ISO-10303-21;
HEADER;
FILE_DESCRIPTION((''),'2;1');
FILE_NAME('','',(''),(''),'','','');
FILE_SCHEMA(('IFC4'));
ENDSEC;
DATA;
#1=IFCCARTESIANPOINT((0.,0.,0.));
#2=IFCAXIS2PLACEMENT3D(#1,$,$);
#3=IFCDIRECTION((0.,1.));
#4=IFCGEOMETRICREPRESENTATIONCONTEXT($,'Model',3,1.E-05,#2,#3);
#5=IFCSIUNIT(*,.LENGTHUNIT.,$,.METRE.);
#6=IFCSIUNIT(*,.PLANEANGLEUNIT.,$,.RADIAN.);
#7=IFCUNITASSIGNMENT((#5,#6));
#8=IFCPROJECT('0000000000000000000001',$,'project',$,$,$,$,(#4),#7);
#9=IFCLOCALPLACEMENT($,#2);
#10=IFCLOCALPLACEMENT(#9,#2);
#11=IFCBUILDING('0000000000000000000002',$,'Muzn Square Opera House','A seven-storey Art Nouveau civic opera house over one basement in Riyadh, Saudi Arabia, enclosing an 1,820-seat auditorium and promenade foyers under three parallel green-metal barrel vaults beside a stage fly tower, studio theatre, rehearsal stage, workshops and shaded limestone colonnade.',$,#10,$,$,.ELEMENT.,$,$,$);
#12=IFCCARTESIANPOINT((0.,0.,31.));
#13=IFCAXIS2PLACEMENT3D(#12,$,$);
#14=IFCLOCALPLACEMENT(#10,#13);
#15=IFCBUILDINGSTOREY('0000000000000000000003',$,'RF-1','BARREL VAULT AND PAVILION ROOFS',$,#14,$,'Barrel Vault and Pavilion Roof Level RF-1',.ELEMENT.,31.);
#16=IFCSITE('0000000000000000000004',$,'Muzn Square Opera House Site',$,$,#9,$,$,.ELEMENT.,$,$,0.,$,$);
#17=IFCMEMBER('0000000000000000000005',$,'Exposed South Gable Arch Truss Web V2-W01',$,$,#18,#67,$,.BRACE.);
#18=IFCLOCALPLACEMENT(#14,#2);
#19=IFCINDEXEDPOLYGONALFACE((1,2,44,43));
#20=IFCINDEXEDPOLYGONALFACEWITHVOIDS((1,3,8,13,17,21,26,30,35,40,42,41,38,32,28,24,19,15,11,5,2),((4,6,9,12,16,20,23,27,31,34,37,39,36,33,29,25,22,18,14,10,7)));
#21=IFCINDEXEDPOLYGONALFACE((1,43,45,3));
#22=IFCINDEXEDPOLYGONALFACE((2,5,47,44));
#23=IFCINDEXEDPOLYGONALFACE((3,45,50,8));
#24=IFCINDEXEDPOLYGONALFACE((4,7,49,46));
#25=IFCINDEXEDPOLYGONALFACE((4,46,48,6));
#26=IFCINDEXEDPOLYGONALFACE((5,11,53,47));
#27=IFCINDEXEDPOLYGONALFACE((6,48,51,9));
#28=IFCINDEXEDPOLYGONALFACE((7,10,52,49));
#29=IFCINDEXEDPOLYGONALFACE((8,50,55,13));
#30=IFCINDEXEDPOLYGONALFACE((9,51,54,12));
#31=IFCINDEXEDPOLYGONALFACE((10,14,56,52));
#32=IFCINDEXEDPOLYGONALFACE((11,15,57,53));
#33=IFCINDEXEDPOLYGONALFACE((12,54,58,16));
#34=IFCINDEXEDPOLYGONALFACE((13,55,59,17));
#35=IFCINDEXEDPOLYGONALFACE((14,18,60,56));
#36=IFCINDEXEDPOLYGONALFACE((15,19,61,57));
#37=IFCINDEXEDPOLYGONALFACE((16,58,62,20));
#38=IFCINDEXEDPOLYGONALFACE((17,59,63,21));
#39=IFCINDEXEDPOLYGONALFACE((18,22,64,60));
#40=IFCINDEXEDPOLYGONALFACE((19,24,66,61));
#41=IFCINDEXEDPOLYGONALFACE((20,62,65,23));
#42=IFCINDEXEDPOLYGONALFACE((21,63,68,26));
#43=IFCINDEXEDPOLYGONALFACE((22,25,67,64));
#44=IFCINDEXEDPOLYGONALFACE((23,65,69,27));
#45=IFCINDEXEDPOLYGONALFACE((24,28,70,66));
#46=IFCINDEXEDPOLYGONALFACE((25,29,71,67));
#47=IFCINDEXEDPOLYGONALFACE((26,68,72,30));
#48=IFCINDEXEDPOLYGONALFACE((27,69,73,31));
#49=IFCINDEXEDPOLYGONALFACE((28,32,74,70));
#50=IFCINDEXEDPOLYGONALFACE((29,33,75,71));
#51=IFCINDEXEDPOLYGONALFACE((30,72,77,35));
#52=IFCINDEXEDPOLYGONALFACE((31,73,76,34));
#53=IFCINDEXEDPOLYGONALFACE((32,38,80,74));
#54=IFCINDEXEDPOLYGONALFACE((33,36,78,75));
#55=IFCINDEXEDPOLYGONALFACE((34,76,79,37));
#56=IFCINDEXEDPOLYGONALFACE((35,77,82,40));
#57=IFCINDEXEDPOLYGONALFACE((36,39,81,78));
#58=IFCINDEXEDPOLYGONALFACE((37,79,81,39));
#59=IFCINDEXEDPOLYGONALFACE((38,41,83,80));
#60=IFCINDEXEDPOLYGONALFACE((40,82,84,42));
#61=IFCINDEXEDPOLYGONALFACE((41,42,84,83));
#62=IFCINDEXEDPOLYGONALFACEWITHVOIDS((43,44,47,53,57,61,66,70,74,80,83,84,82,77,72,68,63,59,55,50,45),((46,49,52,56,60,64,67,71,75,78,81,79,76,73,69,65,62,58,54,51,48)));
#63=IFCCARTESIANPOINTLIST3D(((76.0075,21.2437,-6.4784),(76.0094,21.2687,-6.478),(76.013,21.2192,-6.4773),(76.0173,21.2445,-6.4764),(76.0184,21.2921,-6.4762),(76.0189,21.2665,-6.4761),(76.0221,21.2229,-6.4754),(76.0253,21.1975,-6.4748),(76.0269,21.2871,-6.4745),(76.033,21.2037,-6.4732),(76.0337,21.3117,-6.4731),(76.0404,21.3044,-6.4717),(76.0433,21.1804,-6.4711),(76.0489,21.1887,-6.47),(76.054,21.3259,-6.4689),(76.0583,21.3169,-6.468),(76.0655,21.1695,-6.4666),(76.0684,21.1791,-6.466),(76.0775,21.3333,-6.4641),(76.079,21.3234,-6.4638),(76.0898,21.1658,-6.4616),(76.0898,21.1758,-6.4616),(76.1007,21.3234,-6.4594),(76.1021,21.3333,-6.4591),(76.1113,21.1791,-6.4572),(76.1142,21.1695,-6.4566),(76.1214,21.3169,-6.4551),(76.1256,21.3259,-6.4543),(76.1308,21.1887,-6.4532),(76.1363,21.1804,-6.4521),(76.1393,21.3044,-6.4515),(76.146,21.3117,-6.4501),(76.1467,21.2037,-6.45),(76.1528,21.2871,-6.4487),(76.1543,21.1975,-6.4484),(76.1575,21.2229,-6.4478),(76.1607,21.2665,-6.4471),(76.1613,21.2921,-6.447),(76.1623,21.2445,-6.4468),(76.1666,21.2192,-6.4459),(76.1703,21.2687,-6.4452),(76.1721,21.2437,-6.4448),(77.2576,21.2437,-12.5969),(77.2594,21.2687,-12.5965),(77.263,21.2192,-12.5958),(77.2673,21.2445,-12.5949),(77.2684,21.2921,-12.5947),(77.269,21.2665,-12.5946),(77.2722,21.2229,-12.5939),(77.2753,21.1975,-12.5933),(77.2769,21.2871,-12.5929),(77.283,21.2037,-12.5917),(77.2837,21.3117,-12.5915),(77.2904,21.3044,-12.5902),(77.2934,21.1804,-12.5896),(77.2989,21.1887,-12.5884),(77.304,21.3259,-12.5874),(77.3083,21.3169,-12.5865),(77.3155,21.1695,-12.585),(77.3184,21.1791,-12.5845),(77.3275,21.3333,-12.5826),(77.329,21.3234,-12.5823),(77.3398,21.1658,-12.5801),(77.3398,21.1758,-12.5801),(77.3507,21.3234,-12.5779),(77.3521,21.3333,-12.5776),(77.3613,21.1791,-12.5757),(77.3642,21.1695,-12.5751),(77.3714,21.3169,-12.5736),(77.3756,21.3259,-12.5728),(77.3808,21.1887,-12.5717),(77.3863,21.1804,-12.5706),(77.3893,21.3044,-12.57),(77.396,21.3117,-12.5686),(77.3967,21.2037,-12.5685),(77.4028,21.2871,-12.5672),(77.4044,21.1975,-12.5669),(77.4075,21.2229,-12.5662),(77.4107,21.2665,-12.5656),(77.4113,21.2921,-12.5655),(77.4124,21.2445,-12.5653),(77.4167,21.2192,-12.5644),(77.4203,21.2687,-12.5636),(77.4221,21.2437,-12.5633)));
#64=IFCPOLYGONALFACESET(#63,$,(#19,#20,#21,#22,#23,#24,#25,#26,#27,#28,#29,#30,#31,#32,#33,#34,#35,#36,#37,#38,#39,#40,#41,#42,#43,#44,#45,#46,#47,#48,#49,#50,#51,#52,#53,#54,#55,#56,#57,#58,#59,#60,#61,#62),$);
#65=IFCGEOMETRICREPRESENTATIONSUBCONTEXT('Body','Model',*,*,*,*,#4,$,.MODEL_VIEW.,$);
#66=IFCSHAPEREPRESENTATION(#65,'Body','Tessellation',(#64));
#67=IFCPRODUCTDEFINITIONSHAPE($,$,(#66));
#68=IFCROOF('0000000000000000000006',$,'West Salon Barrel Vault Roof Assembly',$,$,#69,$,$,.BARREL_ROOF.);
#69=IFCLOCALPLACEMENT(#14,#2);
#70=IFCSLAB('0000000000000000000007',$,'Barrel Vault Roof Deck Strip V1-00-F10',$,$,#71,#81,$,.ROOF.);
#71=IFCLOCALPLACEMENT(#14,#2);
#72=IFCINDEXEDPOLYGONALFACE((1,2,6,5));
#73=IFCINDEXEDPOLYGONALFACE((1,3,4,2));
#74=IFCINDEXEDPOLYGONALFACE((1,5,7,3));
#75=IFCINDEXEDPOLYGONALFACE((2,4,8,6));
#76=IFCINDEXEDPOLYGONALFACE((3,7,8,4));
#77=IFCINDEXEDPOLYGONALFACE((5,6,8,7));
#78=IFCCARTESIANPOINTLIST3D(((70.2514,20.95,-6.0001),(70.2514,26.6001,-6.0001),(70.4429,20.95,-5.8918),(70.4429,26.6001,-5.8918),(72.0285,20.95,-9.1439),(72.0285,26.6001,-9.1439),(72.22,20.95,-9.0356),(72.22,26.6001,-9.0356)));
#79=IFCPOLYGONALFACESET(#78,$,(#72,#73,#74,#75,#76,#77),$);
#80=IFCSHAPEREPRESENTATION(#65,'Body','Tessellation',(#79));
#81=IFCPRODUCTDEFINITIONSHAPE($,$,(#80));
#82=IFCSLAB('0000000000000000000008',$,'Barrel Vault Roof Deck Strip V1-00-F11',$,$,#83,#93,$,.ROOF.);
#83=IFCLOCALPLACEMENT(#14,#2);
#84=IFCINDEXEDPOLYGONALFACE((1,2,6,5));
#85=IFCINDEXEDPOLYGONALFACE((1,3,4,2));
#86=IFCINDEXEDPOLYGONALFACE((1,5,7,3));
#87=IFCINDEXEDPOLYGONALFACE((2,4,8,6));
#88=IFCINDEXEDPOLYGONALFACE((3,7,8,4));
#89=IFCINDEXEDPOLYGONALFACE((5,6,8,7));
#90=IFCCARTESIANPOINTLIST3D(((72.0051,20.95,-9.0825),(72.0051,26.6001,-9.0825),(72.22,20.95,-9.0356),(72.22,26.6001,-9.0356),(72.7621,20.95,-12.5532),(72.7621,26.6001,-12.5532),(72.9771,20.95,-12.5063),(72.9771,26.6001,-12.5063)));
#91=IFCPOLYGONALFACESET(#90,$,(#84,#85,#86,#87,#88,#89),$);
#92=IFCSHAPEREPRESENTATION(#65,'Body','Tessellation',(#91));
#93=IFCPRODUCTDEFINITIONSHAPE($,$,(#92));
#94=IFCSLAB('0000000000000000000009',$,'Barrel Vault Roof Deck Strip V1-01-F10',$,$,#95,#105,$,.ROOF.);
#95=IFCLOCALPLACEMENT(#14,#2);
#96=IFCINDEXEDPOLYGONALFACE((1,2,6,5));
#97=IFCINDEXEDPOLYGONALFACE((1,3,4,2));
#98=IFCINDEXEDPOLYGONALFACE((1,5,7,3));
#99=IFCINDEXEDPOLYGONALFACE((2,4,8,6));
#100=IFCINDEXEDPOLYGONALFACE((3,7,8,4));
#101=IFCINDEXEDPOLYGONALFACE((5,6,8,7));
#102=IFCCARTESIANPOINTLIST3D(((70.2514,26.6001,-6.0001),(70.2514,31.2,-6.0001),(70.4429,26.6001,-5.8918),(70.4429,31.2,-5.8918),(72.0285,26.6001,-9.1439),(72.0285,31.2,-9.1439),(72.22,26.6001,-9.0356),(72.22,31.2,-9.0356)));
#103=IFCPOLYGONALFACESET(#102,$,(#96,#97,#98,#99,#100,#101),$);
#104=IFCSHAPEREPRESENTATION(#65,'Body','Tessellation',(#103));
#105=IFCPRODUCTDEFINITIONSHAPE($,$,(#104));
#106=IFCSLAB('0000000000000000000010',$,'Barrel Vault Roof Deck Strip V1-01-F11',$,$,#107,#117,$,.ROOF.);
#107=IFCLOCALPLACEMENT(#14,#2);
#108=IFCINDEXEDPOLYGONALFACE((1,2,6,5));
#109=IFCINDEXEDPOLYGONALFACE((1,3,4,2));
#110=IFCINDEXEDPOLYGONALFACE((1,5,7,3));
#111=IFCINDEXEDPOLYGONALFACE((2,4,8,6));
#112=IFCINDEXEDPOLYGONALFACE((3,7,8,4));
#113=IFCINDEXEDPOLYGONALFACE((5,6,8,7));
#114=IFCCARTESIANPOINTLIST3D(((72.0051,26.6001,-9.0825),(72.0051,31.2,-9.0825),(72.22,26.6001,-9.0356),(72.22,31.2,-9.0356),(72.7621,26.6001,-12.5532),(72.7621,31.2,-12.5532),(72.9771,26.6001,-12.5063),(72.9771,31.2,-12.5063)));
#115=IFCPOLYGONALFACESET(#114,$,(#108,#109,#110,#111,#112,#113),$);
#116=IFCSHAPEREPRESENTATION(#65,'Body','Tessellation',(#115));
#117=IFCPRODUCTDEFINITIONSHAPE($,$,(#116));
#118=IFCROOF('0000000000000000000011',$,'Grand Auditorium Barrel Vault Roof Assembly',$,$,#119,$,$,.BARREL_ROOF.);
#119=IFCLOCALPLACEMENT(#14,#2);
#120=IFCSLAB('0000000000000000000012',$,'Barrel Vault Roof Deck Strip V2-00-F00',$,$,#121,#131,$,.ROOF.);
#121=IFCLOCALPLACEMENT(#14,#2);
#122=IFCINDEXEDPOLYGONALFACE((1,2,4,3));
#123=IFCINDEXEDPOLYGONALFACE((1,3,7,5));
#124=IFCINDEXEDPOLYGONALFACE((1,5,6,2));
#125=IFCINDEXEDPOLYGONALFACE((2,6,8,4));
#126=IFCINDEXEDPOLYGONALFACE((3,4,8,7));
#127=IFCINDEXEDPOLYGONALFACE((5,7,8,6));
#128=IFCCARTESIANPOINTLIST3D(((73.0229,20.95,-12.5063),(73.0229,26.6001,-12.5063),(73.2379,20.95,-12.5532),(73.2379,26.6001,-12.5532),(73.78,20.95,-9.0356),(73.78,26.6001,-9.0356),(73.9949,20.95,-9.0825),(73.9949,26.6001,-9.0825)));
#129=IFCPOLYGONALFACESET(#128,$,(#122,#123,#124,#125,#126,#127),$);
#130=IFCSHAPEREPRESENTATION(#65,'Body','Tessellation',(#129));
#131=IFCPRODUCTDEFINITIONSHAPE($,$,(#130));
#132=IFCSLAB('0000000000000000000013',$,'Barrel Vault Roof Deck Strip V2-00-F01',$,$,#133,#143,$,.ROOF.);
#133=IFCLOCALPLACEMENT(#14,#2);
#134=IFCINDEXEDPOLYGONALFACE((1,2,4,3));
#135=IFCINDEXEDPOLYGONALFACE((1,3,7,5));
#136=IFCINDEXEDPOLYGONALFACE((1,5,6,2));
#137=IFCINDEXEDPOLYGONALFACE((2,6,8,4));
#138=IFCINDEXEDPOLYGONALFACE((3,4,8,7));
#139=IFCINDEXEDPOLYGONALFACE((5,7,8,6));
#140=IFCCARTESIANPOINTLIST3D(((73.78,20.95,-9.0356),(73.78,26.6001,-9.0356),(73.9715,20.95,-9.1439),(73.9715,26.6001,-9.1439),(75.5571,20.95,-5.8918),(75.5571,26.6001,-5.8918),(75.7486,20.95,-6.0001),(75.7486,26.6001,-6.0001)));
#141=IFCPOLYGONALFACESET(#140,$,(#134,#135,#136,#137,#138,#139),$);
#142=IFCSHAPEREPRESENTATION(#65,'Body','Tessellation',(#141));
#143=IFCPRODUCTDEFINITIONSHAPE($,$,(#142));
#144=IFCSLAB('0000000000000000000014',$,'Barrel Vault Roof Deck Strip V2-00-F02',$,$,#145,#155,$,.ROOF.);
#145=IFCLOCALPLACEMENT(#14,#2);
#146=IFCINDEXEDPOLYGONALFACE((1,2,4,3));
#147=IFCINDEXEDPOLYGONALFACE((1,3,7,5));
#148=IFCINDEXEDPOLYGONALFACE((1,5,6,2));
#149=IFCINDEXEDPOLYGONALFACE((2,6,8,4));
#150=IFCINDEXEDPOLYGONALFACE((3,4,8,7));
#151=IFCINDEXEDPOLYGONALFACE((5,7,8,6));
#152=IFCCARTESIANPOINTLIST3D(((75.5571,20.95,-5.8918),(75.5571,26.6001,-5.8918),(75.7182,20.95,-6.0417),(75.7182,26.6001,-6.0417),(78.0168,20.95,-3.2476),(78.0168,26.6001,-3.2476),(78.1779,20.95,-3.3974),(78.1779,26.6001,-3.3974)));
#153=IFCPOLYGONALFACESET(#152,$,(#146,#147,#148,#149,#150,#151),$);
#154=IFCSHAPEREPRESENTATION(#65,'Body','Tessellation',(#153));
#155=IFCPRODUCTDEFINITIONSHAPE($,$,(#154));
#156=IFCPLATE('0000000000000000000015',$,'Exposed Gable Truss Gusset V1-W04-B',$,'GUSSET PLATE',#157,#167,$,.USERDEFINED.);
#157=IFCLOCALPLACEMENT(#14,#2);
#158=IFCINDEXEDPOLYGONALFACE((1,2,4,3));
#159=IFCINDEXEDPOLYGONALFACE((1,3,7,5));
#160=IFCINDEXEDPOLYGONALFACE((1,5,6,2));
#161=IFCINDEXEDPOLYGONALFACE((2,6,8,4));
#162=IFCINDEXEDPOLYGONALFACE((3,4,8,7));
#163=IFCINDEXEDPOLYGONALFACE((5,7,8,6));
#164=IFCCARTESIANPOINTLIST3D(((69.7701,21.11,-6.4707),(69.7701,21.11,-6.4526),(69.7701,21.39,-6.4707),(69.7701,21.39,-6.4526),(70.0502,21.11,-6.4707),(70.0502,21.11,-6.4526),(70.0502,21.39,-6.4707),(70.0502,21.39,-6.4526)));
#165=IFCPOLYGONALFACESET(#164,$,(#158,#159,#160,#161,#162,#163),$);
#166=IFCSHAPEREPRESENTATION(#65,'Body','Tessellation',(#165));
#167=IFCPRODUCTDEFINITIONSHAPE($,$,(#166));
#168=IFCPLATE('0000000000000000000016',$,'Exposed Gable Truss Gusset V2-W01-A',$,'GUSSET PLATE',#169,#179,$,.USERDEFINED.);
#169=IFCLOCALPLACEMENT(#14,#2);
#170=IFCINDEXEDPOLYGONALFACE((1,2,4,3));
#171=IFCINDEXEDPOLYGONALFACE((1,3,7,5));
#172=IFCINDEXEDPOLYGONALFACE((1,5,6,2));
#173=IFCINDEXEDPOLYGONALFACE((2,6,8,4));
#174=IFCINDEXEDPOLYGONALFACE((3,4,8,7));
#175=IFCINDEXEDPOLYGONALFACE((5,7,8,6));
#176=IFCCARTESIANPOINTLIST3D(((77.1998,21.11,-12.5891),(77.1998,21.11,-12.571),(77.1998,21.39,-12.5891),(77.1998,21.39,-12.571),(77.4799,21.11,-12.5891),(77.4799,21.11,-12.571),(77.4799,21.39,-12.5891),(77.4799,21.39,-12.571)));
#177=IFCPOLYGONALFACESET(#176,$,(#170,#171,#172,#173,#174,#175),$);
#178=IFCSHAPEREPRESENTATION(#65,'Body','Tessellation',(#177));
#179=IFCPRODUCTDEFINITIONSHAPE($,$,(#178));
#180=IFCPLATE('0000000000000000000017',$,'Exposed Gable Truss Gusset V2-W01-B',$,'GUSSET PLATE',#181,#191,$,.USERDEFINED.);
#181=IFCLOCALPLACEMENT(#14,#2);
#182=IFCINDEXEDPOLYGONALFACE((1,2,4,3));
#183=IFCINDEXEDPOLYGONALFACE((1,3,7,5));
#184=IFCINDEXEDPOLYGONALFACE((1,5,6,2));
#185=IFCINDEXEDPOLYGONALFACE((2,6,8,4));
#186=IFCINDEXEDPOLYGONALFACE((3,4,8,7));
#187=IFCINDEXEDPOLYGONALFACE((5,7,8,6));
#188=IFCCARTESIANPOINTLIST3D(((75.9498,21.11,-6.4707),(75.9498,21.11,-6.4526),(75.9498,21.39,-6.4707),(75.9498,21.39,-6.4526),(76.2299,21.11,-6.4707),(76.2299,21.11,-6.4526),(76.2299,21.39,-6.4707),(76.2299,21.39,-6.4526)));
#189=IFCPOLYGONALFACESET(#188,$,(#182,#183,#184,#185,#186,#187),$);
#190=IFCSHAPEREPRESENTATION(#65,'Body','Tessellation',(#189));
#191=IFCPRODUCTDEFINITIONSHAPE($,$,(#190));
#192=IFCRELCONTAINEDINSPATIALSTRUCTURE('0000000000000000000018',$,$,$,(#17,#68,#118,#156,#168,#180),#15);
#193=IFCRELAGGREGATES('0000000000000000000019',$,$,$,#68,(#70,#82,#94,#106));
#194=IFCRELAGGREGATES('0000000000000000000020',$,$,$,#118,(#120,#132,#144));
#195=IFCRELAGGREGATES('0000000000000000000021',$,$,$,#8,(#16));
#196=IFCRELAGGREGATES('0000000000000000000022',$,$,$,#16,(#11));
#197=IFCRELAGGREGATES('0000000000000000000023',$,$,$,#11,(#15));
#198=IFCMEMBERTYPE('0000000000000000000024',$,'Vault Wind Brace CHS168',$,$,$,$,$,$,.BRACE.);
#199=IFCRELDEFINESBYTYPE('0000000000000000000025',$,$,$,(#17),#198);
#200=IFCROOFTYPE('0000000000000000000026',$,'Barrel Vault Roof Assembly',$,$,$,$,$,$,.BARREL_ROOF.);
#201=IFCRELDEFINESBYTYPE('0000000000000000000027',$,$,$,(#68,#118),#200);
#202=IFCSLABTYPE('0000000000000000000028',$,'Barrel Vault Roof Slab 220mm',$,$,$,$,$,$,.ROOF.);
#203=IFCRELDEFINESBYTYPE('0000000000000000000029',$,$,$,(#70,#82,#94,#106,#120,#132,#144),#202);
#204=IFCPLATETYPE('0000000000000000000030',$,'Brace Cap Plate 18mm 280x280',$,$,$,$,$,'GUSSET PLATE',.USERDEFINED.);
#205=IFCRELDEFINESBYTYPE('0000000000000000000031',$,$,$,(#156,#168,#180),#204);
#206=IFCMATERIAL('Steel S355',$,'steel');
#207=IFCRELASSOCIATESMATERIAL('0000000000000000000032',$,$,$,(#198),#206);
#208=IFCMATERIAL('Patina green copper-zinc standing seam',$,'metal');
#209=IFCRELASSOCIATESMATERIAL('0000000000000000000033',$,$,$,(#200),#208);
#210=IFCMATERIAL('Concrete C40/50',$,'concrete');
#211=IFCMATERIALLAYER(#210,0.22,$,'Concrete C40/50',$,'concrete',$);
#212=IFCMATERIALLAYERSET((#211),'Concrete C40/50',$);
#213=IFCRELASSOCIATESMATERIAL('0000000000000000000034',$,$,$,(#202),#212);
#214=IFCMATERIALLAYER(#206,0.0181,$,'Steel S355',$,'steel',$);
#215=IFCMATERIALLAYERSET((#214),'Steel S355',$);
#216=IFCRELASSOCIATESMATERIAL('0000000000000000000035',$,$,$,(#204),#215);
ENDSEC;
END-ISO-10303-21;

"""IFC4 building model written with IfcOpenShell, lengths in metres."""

from ifc_helpers import new_model, si_unit, direction, frame, origin, origin_2d, place, context, subcontext, project, spatial, polyline, rectangle, hollow_circle, outline, extrude, material, layer, layer_set, material_profile, profile_set, type_object, element, aggregate, save


model = new_model("IFC4")

# Units and contexts
model_context = context("Model", 3, precision=1e-05, world=origin(), true_north=direction((0.0, 1.0)))
body_context = subcontext(model_context, "Body", "Model", "MODEL_VIEW")
ifc_project = project(units=[si_unit("LENGTHUNIT", "METRE"), si_unit("PLANEANGLEUNIT", "RADIAN")], contexts=[model_context])

# Site, building, storey
site_placement = place(None, origin())
site = spatial("IfcSite", under=ifc_project, at=site_placement, Name="Muzn Square Opera House Site", CompositionType="ELEMENT", RefElevation=0.0)
building_placement = place(site_placement, origin())
building = spatial("IfcBuilding", under=site, at=building_placement, Name="Muzn Square Opera House", Description="A seven-storey Art Nouveau civic opera house over one basement in Riyadh, Saudi Arabia, enclosing an 1,820-seat auditorium and promenade foyers under three parallel green-metal barrel vaults beside a stage fly tower, studio theatre, rehearsal stage, workshops and shaded limestone colonnade.", CompositionType="ELEMENT")
storey_placement = place(building_placement, frame((0.0, 0.0, 31.0)))
storey = spatial("IfcBuildingStorey", under=building, at=storey_placement, Name="RF-1", Description="BARREL VAULT AND PAVILION ROOFS", LongName="Barrel Vault and Pavilion Roof Level RF-1", CompositionType="ELEMENT", Elevation=31.0)

# Shared definitions
ifc_material_1 = material(Name="Steel S355", Category="steel")

# Member
ifc_material_profile_1 = material_profile(ifc_material_1, hollow_circle(Radius=0.0842, WallThickness=0.01, at=origin_2d()), Name="CHS 168.3x10", Category="steel")
ifc_profile_set_1 = profile_set([ifc_material_profile_1], Name="Steel S355")
member_type = type_object("IfcMemberType", Name="Vault Wind Brace CHS168", PredefinedType="BRACE", material=ifc_profile_set_1)
member_placement = place(storey_placement, frame((77.3398, 21.25, -12.5801), z_axis=(-0.200167, 0.0, 0.979762), x_axis=(0.0, -1.0, 0.0)))
element("IfcMember", 1, at=member_placement, inside=storey, type_object=member_type, Name="Exposed South Gable Arch Truss Web V2-W01", PredefinedType="BRACE", context=body_context, shape_type="SweptSolid", body=[
    extrude(hollow_circle(Radius=0.0842, WallThickness=0.01, at=origin_2d()), origin(), (0.0, 0.0, 1.0), 6.2449),
])

# Roofs, slabs
ifc_material_2 = material(Name="Patina green copper-zinc standing seam", Category="metal")
roof_type = type_object("IfcRoofType", Name="Barrel Vault Roof Assembly", PredefinedType="BARREL_ROOF", material=ifc_material_2)
roof_1_placement = place(storey_placement, origin())
roof_1 = element("IfcRoof", 2, at=roof_1_placement, inside=storey, type_object=roof_type, Name="West Salon Barrel Vault Roof Assembly", PredefinedType="BARREL_ROOF")
ifc_material_3 = material(Name="Concrete C40/50", Category="concrete")
ifc_layer_1 = layer(ifc_material_3, 0.22, Name="Concrete C40/50", Category="concrete")
ifc_layer_set_1 = layer_set([ifc_layer_1], Name="Concrete C40/50")
slab_type = type_object("IfcSlabType", Name="Barrel Vault Roof Slab 220mm", PredefinedType="ROOF", material=ifc_layer_set_1)
slab_1_placement = place(storey_placement, frame((70.4429, 20.95, -5.8918), z_axis=(0.870543, 0.0, 0.492093), x_axis=(0.492093, 0.0, -0.870543)))
slab_1 = element("IfcSlab", 3, at=slab_1_placement, type_object=slab_type, Name="Barrel Vault Roof Deck Strip V1-00-F10", PredefinedType="ROOF", context=body_context, shape_type="SweptSolid", body=[
    extrude(outline(polyline([(0.0, 0.0), (3.6113, 0.0), (3.6113, 5.6501), (0.0, 5.6501), (0.0, 0.0)])), origin(), (0.0, 0.0, -1.0), 0.22),
])
slab_2_placement = place(storey_placement, frame((72.22, 20.95, -9.0356), z_axis=(0.977025, 0.0, 0.213123), x_axis=(0.213123, 0.0, -0.977025)))
slab_2 = element("IfcSlab", 4, at=slab_2_placement, type_object=slab_type, Name="Barrel Vault Roof Deck Strip V1-00-F11", PredefinedType="ROOF", context=body_context, shape_type="SweptSolid", body=[
    extrude(outline(polyline([(0.0, 0.0), (3.5523, 0.0), (3.5523, 5.6501), (0.0, 5.6501), (0.0, 0.0)])), origin(), (0.0, 0.0, -1.0), 0.22),
])
slab_3_placement = place(storey_placement, frame((70.4429, 26.6001, -5.8918), z_axis=(0.870543, 0.0, 0.492093), x_axis=(0.492093, 0.0, -0.870543)))
slab_3 = element("IfcSlab", 5, at=slab_3_placement, type_object=slab_type, Name="Barrel Vault Roof Deck Strip V1-01-F10", PredefinedType="ROOF", context=body_context, shape_type="SweptSolid", body=[
    extrude(outline(polyline([(0.0, 0.0), (3.6113, 0.0), (3.6113, 4.5999), (0.0, 4.5999), (0.0, 0.0)])), origin(), (0.0, 0.0, -1.0), 0.22),
])
slab_4_placement = place(storey_placement, frame((72.22, 26.6001, -9.0356), z_axis=(0.977025, 0.0, 0.213123), x_axis=(0.213123, 0.0, -0.977025)))
slab_4 = element("IfcSlab", 6, at=slab_4_placement, type_object=slab_type, Name="Barrel Vault Roof Deck Strip V1-01-F11", PredefinedType="ROOF", context=body_context, shape_type="SweptSolid", body=[
    extrude(outline(polyline([(0.0, 0.0), (3.5523, 0.0), (3.5523, 4.5999), (0.0, 4.5999), (0.0, 0.0)])), origin(), (0.0, 0.0, -1.0), 0.22),
])
aggregate(roof_1, [slab_1, slab_2, slab_3, slab_4])
roof_2_placement = place(storey_placement, origin())
roof_2 = element("IfcRoof", 7, at=roof_2_placement, inside=storey, type_object=roof_type, Name="Grand Auditorium Barrel Vault Roof Assembly", PredefinedType="BARREL_ROOF")
slab_5_placement = place(storey_placement, frame((73.78, 20.95, -9.0356), z_axis=(-0.977025, 0.0, 0.213123), x_axis=(0.0, 1.0, 0.0)))
slab_5 = element("IfcSlab", 8, at=slab_5_placement, type_object=slab_type, Name="Barrel Vault Roof Deck Strip V2-00-F00", PredefinedType="ROOF", context=body_context, shape_type="SweptSolid", body=[
    extrude(outline(polyline([(0.0, 3.5523), (0.0, 0.0), (5.6501, 0.0), (5.6501, 3.5523), (0.0, 3.5523)])), origin(), (0.0, 0.0, -1.0), 0.22),
])
slab_6_placement = place(storey_placement, frame((75.5571, 20.95, -5.8918), z_axis=(-0.870543, 0.0, 0.492093), x_axis=(0.0, 1.0, 0.0)))
slab_6 = element("IfcSlab", 9, at=slab_6_placement, type_object=slab_type, Name="Barrel Vault Roof Deck Strip V2-00-F01", PredefinedType="ROOF", context=body_context, shape_type="SweptSolid", body=[
    extrude(outline(polyline([(0.0, 3.6113), (0.0, 0.0), (5.6501, 0.0), (5.6501, 3.6113), (0.0, 3.6113)])), origin(), (0.0, 0.0, -1.0), 0.22),
])
slab_7_placement = place(storey_placement, frame((78.0168, 20.95, -3.2476), z_axis=(-0.732198, 0.0, 0.681091), x_axis=(0.0, 1.0, 0.0)))
slab_7 = element("IfcSlab", 10, at=slab_7_placement, type_object=slab_type, Name="Barrel Vault Roof Deck Strip V2-00-F02", PredefinedType="ROOF", context=body_context, shape_type="SweptSolid", body=[
    extrude(outline(polyline([(0.0, 3.6114), (0.0, 0.0), (5.6501, 0.0), (5.6501, 3.6114), (0.0, 3.6114)])), origin(), (0.0, 0.0, -1.0), 0.22),
])
aggregate(roof_2, [slab_5, slab_6, slab_7])

# Plates
ifc_layer_2 = layer(ifc_material_1, 0.0181, Name="Steel S355", Category="steel")
ifc_layer_set_2 = layer_set([ifc_layer_2], Name="Steel S355")
plate_type = type_object("IfcPlateType", Name="Brace Cap Plate 18mm 280x280", ElementType="GUSSET PLATE", PredefinedType="USERDEFINED", material=ifc_layer_set_2)
for number, where, z_axis, x_axis, name in (
    (11, (69.9102, 21.25, -6.4707), (0.0, 0.0, 1.0), (1.0, 0.0, 0.0), "Exposed Gable Truss Gusset V1-W04-B"),
    (12, (77.3398, 21.25, -12.5891), (0.0, 0.0, 1.0), (1.0, 0.0, 0.0), "Exposed Gable Truss Gusset V2-W01-A"),
    (13, (76.0898, 21.25, -6.4707), (0.0, 0.0, 1.0), (1.0, 0.0, 0.0), "Exposed Gable Truss Gusset V2-W01-B"),
):
    element("IfcPlate", number, at=place(storey_placement, frame(where, z_axis=z_axis, x_axis=x_axis)), inside=storey, type_object=plate_type, Name=name, ObjectType="GUSSET PLATE", PredefinedType="USERDEFINED", context=body_context, shape_type="SweptSolid", body=[
        extrude(rectangle(XDim=0.28, YDim=0.28, at=origin_2d()), origin(), (0.0, 0.0, 1.0), 0.0181),
    ])

save(model, "model.ifc")
